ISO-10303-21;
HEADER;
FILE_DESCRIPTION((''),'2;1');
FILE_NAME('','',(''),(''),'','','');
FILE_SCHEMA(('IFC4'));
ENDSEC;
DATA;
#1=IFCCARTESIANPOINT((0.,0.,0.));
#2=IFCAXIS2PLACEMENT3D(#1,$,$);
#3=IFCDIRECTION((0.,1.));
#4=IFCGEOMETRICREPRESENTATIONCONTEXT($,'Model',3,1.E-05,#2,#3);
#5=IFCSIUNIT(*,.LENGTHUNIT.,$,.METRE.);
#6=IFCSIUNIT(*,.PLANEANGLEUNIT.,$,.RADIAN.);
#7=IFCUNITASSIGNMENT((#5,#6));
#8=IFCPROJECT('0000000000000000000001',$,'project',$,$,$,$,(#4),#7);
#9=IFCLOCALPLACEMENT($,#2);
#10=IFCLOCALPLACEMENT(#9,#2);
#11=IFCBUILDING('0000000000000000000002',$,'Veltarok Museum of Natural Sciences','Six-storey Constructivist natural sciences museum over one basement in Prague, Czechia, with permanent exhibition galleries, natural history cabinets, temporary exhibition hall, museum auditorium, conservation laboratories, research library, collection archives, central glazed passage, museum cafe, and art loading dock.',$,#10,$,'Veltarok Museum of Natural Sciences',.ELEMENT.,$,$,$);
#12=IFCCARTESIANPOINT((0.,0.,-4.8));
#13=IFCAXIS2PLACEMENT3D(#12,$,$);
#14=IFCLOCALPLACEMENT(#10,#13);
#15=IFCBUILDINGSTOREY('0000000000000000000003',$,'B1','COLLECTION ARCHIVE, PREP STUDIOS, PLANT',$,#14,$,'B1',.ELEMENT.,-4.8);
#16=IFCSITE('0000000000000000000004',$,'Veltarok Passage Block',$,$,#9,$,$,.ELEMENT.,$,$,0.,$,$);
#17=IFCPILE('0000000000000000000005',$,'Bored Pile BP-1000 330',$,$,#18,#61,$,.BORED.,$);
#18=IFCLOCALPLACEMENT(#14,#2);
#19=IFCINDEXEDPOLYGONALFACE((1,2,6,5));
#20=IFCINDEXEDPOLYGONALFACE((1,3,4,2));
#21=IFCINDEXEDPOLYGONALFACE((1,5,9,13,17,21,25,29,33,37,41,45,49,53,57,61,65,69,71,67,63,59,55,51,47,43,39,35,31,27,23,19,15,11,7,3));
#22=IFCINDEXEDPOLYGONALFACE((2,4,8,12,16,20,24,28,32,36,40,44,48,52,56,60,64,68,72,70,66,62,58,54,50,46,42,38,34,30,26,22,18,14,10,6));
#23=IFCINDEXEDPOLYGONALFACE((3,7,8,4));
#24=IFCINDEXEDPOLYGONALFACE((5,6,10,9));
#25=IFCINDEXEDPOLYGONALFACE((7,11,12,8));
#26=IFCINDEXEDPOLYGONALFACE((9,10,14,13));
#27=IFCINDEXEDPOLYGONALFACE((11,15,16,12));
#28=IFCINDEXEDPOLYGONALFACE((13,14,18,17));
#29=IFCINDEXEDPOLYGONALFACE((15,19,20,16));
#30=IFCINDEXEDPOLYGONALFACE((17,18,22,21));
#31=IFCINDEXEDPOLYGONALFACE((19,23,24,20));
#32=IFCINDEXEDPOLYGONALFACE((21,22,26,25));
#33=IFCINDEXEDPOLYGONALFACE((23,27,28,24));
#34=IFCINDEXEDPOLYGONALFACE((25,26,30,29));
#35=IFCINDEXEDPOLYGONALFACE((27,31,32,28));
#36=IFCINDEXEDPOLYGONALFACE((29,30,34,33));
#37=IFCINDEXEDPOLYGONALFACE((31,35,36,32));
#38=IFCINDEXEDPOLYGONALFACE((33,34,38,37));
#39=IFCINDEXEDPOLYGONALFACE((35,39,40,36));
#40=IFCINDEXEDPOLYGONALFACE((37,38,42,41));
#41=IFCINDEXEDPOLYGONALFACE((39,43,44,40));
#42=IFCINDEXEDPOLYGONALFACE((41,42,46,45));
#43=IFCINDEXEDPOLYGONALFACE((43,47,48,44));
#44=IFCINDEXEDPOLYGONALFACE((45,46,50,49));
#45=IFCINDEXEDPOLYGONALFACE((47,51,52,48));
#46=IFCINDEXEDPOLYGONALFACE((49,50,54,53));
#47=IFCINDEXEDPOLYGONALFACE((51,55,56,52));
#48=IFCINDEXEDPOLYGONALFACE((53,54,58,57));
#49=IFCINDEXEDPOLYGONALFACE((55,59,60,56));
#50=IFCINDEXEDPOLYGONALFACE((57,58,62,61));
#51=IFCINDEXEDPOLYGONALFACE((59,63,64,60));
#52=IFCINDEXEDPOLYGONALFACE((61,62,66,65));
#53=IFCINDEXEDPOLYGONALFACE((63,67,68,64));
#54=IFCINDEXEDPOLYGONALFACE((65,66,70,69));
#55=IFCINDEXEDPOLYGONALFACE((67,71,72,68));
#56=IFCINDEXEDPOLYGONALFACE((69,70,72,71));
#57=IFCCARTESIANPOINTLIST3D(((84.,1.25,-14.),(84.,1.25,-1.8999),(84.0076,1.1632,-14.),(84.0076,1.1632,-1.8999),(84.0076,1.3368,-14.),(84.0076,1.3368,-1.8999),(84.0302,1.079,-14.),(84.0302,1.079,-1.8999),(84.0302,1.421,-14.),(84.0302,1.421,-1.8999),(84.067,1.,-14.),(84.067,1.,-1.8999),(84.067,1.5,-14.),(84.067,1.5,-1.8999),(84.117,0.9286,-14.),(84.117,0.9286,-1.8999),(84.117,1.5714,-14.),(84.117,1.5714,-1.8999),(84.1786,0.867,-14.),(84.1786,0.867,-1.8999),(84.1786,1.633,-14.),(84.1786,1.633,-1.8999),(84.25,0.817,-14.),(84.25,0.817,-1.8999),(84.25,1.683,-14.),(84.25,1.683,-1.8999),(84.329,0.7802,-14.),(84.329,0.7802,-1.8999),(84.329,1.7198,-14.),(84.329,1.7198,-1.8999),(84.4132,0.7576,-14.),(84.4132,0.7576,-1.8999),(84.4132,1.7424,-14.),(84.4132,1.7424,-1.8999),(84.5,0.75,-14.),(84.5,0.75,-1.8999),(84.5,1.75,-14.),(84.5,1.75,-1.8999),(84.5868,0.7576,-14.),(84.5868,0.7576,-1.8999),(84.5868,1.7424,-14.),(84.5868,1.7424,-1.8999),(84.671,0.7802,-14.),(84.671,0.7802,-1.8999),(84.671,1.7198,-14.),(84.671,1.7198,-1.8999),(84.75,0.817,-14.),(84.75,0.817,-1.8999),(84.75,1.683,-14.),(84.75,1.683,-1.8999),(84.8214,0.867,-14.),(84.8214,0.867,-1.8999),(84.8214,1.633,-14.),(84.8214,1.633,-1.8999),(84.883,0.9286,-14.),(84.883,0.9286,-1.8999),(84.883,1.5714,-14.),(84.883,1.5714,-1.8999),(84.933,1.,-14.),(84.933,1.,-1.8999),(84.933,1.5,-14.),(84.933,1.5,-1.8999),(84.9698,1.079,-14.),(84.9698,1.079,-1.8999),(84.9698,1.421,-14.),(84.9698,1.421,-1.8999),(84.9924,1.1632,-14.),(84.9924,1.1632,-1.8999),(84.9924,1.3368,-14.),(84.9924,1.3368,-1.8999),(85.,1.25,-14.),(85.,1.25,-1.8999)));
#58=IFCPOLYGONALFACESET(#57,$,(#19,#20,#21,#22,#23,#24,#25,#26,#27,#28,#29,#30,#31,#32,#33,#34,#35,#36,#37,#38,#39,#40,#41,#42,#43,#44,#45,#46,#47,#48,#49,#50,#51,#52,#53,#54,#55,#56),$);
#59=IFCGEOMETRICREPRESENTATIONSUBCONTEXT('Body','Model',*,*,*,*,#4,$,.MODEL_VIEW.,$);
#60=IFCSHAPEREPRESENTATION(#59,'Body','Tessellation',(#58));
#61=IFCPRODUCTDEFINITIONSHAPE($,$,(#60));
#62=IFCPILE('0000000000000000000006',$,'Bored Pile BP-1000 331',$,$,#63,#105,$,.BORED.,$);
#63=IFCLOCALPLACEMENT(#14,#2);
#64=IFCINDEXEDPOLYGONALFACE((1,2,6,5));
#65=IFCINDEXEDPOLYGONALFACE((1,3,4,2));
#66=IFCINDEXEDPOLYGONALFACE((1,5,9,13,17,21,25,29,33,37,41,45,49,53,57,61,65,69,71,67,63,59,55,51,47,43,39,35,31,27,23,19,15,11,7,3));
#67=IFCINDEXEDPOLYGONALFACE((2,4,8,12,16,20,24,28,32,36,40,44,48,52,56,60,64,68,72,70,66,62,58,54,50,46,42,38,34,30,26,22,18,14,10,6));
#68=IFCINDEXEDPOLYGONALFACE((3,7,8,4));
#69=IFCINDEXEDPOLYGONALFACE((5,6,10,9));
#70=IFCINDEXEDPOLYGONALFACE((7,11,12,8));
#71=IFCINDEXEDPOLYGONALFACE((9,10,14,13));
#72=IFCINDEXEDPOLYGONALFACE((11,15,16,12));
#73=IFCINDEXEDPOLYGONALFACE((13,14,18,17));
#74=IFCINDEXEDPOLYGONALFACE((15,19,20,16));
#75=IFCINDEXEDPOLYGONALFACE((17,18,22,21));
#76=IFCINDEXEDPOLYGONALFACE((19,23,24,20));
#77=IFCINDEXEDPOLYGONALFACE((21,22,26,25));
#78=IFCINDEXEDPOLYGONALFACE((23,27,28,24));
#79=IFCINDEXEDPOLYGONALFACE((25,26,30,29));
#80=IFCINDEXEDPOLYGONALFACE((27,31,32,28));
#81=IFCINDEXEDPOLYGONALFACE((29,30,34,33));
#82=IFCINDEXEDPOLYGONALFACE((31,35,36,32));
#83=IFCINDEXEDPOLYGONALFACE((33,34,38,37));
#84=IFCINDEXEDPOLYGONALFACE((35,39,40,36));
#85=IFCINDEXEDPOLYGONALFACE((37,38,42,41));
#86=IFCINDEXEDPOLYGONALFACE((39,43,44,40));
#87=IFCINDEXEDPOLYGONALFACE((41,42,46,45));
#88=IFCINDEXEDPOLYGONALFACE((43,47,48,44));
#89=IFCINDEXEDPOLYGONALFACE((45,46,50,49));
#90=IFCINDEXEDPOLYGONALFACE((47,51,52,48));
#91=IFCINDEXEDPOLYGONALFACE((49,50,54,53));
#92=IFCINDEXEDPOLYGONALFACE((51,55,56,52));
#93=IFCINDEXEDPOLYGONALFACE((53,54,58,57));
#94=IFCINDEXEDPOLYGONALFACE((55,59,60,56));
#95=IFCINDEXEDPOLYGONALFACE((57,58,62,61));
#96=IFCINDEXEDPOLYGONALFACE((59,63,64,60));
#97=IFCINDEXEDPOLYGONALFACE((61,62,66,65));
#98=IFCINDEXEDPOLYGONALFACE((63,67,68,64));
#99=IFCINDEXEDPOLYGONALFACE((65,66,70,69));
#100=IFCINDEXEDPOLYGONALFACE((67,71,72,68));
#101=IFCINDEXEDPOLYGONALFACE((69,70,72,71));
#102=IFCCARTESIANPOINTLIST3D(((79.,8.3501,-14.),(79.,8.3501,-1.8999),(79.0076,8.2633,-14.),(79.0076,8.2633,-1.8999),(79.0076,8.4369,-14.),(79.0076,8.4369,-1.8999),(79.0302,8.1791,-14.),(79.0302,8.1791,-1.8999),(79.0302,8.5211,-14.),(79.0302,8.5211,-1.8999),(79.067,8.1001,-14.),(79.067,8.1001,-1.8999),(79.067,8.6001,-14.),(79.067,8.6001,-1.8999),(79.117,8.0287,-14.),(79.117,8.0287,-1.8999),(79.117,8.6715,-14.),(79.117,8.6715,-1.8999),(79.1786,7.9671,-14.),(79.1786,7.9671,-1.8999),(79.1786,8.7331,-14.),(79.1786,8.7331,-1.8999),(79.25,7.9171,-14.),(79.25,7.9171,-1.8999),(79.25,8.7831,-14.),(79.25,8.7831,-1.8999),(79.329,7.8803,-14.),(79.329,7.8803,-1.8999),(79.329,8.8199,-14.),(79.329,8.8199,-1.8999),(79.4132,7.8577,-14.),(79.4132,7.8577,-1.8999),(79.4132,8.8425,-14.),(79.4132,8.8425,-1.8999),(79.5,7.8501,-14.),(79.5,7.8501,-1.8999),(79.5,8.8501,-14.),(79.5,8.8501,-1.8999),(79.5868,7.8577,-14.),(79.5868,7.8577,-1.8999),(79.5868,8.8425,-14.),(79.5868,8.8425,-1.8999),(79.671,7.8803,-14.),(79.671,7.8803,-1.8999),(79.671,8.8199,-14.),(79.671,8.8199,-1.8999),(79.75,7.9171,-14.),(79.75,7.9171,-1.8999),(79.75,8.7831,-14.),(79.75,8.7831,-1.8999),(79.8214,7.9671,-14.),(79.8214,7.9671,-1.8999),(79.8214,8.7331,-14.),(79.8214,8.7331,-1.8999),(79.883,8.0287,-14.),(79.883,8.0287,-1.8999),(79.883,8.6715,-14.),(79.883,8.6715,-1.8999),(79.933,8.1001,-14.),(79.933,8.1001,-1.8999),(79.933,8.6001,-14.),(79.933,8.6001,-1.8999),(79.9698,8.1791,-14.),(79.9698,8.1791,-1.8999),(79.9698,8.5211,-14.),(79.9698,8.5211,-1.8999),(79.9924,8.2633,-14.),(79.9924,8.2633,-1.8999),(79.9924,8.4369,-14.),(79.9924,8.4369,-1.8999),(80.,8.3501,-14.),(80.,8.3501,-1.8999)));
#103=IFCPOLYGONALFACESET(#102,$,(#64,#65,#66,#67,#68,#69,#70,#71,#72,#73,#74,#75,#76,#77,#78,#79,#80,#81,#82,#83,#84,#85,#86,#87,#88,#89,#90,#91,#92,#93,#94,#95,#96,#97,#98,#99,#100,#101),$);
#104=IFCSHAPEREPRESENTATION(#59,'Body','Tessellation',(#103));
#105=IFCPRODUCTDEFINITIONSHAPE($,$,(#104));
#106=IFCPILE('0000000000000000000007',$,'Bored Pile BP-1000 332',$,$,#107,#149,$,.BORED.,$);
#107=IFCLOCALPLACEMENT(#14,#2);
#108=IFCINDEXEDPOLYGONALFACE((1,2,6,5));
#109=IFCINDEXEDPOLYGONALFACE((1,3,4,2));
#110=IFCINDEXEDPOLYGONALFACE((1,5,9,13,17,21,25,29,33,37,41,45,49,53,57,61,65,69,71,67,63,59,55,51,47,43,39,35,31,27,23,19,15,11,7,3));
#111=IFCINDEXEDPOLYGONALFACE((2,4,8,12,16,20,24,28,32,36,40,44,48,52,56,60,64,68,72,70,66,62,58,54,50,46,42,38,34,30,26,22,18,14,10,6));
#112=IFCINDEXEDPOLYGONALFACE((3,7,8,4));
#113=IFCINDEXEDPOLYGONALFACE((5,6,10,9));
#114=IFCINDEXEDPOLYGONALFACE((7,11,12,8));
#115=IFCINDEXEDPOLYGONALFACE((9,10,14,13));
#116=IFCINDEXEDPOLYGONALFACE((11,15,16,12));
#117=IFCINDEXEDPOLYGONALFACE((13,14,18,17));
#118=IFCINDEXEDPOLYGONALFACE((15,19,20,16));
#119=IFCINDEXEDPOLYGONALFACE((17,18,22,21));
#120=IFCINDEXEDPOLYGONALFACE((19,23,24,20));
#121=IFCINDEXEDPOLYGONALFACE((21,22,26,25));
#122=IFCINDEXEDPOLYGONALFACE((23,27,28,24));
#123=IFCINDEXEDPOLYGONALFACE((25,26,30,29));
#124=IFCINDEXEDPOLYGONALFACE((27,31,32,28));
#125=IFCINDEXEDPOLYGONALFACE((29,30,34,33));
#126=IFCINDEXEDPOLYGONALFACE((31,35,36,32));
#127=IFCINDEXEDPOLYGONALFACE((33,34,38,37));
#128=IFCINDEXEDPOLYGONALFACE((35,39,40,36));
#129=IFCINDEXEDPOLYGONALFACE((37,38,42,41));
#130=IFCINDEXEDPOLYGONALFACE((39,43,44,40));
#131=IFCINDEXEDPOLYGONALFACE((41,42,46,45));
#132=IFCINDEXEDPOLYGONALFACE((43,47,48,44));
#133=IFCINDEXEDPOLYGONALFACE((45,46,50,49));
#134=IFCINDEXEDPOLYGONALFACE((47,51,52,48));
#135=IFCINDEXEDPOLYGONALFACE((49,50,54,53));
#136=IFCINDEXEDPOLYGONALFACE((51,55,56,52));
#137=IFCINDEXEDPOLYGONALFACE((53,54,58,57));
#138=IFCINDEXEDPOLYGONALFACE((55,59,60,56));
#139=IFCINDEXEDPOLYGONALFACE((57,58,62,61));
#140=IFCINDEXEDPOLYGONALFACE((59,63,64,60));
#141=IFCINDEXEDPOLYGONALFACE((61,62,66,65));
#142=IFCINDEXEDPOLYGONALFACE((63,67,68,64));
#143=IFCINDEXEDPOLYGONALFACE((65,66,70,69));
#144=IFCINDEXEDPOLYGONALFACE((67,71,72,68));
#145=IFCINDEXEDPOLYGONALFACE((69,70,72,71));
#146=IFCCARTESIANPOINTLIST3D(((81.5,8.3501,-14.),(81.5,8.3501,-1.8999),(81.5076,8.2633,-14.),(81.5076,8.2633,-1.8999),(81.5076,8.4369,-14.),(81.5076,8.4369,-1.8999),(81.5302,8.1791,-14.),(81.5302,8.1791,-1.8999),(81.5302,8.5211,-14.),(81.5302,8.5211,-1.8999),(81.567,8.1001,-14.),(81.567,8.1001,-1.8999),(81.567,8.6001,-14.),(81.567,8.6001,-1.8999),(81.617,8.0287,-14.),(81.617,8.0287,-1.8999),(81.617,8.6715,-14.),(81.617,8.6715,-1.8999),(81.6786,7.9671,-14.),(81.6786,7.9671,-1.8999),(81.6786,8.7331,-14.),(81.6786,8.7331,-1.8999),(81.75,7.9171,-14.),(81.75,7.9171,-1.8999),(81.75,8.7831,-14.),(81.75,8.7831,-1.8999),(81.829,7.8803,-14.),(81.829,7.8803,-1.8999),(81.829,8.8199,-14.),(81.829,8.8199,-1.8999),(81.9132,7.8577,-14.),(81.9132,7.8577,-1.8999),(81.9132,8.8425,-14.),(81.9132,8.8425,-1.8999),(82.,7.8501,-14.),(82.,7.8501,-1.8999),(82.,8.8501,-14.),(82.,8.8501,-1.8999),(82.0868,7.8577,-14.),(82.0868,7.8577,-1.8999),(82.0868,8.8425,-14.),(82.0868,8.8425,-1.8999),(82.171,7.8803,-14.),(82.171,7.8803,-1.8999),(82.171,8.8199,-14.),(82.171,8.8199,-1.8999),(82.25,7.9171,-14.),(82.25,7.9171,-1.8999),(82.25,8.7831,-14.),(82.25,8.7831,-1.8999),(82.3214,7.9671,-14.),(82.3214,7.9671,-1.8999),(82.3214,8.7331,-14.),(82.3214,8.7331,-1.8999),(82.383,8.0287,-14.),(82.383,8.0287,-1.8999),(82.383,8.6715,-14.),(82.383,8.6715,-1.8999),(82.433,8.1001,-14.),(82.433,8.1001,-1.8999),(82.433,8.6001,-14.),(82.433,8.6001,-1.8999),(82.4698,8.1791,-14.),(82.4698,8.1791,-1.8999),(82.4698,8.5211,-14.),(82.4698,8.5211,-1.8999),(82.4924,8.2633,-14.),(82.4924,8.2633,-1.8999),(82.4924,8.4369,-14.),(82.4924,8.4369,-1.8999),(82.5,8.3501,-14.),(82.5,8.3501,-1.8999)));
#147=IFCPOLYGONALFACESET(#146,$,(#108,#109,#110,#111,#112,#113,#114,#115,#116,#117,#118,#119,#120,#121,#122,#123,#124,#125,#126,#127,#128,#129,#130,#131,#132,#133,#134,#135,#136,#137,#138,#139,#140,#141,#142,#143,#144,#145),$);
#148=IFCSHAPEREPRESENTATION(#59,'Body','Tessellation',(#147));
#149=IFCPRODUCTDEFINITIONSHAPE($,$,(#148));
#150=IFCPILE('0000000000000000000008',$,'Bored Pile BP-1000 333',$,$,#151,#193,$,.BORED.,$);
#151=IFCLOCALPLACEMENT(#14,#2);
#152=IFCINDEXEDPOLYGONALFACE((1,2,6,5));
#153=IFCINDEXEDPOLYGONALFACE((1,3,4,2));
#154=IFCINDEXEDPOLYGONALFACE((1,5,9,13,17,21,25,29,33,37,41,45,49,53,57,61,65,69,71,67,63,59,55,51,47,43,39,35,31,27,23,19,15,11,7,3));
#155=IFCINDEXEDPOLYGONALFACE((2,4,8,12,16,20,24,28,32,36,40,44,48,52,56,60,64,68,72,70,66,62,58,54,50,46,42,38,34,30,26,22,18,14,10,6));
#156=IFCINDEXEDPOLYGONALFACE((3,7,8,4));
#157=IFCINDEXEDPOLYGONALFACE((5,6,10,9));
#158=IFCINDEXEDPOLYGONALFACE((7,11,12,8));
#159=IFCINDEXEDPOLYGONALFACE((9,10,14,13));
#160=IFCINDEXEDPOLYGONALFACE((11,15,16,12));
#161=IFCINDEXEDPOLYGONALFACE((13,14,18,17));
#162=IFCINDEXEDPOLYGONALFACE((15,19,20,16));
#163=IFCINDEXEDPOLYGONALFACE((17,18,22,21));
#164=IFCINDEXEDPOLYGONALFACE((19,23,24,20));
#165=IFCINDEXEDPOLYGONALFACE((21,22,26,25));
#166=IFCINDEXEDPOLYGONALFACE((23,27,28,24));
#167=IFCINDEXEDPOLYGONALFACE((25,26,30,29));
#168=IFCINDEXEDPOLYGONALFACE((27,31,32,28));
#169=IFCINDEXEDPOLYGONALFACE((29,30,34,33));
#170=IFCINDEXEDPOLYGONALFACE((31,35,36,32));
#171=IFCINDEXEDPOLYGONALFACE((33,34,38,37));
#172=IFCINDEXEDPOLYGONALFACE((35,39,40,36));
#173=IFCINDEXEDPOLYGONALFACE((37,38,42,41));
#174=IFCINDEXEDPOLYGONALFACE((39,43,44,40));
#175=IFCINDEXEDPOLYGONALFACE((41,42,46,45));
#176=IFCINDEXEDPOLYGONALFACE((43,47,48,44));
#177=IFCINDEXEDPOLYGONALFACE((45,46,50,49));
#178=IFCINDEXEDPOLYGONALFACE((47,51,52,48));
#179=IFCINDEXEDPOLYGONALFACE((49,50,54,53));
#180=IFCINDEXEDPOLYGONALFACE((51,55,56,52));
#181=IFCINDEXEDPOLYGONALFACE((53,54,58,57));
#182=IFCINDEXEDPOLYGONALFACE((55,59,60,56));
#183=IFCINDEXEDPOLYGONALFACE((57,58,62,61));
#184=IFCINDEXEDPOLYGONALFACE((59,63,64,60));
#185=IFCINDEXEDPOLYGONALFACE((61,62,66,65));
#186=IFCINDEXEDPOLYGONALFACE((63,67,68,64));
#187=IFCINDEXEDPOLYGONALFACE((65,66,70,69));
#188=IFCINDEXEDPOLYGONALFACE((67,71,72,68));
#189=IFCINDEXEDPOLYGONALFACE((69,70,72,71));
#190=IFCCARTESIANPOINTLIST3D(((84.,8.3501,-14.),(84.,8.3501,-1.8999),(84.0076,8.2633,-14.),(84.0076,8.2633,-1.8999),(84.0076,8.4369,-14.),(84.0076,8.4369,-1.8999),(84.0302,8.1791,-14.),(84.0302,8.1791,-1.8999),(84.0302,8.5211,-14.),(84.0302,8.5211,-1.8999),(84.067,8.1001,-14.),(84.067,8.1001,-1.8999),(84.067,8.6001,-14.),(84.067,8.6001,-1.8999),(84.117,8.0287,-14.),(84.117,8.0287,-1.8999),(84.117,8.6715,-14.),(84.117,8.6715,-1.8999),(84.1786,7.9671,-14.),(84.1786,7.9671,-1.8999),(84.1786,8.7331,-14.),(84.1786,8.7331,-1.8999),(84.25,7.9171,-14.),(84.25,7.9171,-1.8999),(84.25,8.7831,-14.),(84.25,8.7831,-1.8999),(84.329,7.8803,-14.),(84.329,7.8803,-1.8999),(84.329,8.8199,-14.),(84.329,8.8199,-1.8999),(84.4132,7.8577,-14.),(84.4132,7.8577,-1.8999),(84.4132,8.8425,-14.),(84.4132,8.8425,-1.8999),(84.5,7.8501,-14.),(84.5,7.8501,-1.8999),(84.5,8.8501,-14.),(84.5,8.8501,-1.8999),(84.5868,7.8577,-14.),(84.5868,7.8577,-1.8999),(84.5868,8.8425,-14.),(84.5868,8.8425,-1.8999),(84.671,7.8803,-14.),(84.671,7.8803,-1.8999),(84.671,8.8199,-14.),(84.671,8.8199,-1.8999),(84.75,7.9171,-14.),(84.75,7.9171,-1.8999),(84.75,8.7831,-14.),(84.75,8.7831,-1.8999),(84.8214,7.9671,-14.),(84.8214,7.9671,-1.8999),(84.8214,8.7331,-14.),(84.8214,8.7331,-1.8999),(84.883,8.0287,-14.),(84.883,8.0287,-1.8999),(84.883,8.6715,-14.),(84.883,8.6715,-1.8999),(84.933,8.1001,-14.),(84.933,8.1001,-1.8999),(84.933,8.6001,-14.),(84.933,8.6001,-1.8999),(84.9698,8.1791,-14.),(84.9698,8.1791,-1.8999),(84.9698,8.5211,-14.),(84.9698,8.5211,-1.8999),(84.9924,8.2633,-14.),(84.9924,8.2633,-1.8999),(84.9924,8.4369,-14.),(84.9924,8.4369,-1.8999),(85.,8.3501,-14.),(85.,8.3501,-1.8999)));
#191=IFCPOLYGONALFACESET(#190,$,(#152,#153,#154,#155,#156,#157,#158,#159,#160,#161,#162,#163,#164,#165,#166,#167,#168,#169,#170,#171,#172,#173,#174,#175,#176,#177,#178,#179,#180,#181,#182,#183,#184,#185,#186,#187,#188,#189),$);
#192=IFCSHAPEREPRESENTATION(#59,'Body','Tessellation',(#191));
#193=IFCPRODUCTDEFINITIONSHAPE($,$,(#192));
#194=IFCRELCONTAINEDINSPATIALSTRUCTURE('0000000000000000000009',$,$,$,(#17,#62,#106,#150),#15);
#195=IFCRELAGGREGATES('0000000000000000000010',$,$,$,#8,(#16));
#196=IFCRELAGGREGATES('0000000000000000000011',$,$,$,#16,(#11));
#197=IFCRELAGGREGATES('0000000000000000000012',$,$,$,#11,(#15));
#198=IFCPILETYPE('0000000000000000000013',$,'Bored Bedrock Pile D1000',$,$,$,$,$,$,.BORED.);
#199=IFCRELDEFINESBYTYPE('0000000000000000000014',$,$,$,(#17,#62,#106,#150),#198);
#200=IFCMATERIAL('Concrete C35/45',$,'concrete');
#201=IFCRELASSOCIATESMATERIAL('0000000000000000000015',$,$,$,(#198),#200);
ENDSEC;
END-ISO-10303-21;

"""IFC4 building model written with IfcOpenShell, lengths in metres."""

from ifc_helpers import new_model, si_unit, direction, frame, origin, origin_2d, place, context, subcontext, project, spatial, circle, extrude, material, material_profile, profile_set, type_object, element, save


model = new_model("IFC4")

# Units and contexts
model_context = context("Model", 3, precision=1e-05, world=origin(), true_north=direction((0.0, 1.0)))
body_context = subcontext(model_context, "Body", "Model", "MODEL_VIEW")
ifc_project = project(units=[si_unit("LENGTHUNIT", "METRE"), si_unit("PLANEANGLEUNIT", "RADIAN")], contexts=[model_context])

# Site, building, storey
site_placement = place(None, origin())
site = spatial("IfcSite", under=ifc_project, at=site_placement, Name="Veltarok Passage Block", CompositionType="ELEMENT", RefElevation=0.0)
building_placement = place(site_placement, origin())
building = spatial("IfcBuilding", under=site, at=building_placement, Name="Veltarok Museum of Natural Sciences", Description="Six-storey Constructivist natural sciences museum over one basement in Prague, Czechia, with permanent exhibition galleries, natural history cabinets, temporary exhibition hall, museum auditorium, conservation laboratories, research library, collection archives, central glazed passage, museum cafe, and art loading dock.", LongName="Veltarok Museum of Natural Sciences", CompositionType="ELEMENT")
storey_placement = place(building_placement, frame((0.0, 0.0, -4.8)))
storey = spatial("IfcBuildingStorey", under=building, at=storey_placement, Name="B1", Description="COLLECTION ARCHIVE, PREP STUDIOS, PLANT", LongName="B1", CompositionType="ELEMENT", Elevation=-4.8)

# Piles
ifc_material_1 = material(Name="Concrete C35/45", Category="concrete")
ifc_material_profile_1 = material_profile(ifc_material_1, circle(Radius=0.5, at=origin_2d()), Name="BP D1000")
ifc_profile_set_1 = profile_set([ifc_material_profile_1], Name="Concrete C35/45")
pile_type = type_object("IfcPileType", Name="Bored Bedrock Pile D1000", PredefinedType="BORED", material=ifc_profile_set_1)
for number, where, z_axis, x_axis, name in (
    (1, (84.5, 1.25, -1.8999), (0.0, 0.0, -1.0), (1.0, 0.0, 0.0), "Bored Pile BP-1000 330"),
    (2, (79.5, 8.3501, -1.8999), (0.0, 0.0, -1.0), (1.0, 0.0, 0.0), "Bored Pile BP-1000 331"),
    (3, (82.0, 8.3501, -1.8999), (0.0, 0.0, -1.0), (1.0, 0.0, 0.0), "Bored Pile BP-1000 332"),
    (4, (84.5, 8.3501, -1.8999), (0.0, 0.0, -1.0), (1.0, 0.0, 0.0), "Bored Pile BP-1000 333"),
):
    element("IfcPile", number, at=place(storey_placement, frame(where, z_axis=z_axis, x_axis=x_axis)), inside=storey, type_object=pile_type, Name=name, PredefinedType="BORED", context=body_context, shape_type="SweptSolid", body=[
        extrude(circle(Radius=0.5, at=origin_2d()), origin(), (0.0, 0.0, 1.0), 12.1001),
    ])

save(model, "model.ifc")
